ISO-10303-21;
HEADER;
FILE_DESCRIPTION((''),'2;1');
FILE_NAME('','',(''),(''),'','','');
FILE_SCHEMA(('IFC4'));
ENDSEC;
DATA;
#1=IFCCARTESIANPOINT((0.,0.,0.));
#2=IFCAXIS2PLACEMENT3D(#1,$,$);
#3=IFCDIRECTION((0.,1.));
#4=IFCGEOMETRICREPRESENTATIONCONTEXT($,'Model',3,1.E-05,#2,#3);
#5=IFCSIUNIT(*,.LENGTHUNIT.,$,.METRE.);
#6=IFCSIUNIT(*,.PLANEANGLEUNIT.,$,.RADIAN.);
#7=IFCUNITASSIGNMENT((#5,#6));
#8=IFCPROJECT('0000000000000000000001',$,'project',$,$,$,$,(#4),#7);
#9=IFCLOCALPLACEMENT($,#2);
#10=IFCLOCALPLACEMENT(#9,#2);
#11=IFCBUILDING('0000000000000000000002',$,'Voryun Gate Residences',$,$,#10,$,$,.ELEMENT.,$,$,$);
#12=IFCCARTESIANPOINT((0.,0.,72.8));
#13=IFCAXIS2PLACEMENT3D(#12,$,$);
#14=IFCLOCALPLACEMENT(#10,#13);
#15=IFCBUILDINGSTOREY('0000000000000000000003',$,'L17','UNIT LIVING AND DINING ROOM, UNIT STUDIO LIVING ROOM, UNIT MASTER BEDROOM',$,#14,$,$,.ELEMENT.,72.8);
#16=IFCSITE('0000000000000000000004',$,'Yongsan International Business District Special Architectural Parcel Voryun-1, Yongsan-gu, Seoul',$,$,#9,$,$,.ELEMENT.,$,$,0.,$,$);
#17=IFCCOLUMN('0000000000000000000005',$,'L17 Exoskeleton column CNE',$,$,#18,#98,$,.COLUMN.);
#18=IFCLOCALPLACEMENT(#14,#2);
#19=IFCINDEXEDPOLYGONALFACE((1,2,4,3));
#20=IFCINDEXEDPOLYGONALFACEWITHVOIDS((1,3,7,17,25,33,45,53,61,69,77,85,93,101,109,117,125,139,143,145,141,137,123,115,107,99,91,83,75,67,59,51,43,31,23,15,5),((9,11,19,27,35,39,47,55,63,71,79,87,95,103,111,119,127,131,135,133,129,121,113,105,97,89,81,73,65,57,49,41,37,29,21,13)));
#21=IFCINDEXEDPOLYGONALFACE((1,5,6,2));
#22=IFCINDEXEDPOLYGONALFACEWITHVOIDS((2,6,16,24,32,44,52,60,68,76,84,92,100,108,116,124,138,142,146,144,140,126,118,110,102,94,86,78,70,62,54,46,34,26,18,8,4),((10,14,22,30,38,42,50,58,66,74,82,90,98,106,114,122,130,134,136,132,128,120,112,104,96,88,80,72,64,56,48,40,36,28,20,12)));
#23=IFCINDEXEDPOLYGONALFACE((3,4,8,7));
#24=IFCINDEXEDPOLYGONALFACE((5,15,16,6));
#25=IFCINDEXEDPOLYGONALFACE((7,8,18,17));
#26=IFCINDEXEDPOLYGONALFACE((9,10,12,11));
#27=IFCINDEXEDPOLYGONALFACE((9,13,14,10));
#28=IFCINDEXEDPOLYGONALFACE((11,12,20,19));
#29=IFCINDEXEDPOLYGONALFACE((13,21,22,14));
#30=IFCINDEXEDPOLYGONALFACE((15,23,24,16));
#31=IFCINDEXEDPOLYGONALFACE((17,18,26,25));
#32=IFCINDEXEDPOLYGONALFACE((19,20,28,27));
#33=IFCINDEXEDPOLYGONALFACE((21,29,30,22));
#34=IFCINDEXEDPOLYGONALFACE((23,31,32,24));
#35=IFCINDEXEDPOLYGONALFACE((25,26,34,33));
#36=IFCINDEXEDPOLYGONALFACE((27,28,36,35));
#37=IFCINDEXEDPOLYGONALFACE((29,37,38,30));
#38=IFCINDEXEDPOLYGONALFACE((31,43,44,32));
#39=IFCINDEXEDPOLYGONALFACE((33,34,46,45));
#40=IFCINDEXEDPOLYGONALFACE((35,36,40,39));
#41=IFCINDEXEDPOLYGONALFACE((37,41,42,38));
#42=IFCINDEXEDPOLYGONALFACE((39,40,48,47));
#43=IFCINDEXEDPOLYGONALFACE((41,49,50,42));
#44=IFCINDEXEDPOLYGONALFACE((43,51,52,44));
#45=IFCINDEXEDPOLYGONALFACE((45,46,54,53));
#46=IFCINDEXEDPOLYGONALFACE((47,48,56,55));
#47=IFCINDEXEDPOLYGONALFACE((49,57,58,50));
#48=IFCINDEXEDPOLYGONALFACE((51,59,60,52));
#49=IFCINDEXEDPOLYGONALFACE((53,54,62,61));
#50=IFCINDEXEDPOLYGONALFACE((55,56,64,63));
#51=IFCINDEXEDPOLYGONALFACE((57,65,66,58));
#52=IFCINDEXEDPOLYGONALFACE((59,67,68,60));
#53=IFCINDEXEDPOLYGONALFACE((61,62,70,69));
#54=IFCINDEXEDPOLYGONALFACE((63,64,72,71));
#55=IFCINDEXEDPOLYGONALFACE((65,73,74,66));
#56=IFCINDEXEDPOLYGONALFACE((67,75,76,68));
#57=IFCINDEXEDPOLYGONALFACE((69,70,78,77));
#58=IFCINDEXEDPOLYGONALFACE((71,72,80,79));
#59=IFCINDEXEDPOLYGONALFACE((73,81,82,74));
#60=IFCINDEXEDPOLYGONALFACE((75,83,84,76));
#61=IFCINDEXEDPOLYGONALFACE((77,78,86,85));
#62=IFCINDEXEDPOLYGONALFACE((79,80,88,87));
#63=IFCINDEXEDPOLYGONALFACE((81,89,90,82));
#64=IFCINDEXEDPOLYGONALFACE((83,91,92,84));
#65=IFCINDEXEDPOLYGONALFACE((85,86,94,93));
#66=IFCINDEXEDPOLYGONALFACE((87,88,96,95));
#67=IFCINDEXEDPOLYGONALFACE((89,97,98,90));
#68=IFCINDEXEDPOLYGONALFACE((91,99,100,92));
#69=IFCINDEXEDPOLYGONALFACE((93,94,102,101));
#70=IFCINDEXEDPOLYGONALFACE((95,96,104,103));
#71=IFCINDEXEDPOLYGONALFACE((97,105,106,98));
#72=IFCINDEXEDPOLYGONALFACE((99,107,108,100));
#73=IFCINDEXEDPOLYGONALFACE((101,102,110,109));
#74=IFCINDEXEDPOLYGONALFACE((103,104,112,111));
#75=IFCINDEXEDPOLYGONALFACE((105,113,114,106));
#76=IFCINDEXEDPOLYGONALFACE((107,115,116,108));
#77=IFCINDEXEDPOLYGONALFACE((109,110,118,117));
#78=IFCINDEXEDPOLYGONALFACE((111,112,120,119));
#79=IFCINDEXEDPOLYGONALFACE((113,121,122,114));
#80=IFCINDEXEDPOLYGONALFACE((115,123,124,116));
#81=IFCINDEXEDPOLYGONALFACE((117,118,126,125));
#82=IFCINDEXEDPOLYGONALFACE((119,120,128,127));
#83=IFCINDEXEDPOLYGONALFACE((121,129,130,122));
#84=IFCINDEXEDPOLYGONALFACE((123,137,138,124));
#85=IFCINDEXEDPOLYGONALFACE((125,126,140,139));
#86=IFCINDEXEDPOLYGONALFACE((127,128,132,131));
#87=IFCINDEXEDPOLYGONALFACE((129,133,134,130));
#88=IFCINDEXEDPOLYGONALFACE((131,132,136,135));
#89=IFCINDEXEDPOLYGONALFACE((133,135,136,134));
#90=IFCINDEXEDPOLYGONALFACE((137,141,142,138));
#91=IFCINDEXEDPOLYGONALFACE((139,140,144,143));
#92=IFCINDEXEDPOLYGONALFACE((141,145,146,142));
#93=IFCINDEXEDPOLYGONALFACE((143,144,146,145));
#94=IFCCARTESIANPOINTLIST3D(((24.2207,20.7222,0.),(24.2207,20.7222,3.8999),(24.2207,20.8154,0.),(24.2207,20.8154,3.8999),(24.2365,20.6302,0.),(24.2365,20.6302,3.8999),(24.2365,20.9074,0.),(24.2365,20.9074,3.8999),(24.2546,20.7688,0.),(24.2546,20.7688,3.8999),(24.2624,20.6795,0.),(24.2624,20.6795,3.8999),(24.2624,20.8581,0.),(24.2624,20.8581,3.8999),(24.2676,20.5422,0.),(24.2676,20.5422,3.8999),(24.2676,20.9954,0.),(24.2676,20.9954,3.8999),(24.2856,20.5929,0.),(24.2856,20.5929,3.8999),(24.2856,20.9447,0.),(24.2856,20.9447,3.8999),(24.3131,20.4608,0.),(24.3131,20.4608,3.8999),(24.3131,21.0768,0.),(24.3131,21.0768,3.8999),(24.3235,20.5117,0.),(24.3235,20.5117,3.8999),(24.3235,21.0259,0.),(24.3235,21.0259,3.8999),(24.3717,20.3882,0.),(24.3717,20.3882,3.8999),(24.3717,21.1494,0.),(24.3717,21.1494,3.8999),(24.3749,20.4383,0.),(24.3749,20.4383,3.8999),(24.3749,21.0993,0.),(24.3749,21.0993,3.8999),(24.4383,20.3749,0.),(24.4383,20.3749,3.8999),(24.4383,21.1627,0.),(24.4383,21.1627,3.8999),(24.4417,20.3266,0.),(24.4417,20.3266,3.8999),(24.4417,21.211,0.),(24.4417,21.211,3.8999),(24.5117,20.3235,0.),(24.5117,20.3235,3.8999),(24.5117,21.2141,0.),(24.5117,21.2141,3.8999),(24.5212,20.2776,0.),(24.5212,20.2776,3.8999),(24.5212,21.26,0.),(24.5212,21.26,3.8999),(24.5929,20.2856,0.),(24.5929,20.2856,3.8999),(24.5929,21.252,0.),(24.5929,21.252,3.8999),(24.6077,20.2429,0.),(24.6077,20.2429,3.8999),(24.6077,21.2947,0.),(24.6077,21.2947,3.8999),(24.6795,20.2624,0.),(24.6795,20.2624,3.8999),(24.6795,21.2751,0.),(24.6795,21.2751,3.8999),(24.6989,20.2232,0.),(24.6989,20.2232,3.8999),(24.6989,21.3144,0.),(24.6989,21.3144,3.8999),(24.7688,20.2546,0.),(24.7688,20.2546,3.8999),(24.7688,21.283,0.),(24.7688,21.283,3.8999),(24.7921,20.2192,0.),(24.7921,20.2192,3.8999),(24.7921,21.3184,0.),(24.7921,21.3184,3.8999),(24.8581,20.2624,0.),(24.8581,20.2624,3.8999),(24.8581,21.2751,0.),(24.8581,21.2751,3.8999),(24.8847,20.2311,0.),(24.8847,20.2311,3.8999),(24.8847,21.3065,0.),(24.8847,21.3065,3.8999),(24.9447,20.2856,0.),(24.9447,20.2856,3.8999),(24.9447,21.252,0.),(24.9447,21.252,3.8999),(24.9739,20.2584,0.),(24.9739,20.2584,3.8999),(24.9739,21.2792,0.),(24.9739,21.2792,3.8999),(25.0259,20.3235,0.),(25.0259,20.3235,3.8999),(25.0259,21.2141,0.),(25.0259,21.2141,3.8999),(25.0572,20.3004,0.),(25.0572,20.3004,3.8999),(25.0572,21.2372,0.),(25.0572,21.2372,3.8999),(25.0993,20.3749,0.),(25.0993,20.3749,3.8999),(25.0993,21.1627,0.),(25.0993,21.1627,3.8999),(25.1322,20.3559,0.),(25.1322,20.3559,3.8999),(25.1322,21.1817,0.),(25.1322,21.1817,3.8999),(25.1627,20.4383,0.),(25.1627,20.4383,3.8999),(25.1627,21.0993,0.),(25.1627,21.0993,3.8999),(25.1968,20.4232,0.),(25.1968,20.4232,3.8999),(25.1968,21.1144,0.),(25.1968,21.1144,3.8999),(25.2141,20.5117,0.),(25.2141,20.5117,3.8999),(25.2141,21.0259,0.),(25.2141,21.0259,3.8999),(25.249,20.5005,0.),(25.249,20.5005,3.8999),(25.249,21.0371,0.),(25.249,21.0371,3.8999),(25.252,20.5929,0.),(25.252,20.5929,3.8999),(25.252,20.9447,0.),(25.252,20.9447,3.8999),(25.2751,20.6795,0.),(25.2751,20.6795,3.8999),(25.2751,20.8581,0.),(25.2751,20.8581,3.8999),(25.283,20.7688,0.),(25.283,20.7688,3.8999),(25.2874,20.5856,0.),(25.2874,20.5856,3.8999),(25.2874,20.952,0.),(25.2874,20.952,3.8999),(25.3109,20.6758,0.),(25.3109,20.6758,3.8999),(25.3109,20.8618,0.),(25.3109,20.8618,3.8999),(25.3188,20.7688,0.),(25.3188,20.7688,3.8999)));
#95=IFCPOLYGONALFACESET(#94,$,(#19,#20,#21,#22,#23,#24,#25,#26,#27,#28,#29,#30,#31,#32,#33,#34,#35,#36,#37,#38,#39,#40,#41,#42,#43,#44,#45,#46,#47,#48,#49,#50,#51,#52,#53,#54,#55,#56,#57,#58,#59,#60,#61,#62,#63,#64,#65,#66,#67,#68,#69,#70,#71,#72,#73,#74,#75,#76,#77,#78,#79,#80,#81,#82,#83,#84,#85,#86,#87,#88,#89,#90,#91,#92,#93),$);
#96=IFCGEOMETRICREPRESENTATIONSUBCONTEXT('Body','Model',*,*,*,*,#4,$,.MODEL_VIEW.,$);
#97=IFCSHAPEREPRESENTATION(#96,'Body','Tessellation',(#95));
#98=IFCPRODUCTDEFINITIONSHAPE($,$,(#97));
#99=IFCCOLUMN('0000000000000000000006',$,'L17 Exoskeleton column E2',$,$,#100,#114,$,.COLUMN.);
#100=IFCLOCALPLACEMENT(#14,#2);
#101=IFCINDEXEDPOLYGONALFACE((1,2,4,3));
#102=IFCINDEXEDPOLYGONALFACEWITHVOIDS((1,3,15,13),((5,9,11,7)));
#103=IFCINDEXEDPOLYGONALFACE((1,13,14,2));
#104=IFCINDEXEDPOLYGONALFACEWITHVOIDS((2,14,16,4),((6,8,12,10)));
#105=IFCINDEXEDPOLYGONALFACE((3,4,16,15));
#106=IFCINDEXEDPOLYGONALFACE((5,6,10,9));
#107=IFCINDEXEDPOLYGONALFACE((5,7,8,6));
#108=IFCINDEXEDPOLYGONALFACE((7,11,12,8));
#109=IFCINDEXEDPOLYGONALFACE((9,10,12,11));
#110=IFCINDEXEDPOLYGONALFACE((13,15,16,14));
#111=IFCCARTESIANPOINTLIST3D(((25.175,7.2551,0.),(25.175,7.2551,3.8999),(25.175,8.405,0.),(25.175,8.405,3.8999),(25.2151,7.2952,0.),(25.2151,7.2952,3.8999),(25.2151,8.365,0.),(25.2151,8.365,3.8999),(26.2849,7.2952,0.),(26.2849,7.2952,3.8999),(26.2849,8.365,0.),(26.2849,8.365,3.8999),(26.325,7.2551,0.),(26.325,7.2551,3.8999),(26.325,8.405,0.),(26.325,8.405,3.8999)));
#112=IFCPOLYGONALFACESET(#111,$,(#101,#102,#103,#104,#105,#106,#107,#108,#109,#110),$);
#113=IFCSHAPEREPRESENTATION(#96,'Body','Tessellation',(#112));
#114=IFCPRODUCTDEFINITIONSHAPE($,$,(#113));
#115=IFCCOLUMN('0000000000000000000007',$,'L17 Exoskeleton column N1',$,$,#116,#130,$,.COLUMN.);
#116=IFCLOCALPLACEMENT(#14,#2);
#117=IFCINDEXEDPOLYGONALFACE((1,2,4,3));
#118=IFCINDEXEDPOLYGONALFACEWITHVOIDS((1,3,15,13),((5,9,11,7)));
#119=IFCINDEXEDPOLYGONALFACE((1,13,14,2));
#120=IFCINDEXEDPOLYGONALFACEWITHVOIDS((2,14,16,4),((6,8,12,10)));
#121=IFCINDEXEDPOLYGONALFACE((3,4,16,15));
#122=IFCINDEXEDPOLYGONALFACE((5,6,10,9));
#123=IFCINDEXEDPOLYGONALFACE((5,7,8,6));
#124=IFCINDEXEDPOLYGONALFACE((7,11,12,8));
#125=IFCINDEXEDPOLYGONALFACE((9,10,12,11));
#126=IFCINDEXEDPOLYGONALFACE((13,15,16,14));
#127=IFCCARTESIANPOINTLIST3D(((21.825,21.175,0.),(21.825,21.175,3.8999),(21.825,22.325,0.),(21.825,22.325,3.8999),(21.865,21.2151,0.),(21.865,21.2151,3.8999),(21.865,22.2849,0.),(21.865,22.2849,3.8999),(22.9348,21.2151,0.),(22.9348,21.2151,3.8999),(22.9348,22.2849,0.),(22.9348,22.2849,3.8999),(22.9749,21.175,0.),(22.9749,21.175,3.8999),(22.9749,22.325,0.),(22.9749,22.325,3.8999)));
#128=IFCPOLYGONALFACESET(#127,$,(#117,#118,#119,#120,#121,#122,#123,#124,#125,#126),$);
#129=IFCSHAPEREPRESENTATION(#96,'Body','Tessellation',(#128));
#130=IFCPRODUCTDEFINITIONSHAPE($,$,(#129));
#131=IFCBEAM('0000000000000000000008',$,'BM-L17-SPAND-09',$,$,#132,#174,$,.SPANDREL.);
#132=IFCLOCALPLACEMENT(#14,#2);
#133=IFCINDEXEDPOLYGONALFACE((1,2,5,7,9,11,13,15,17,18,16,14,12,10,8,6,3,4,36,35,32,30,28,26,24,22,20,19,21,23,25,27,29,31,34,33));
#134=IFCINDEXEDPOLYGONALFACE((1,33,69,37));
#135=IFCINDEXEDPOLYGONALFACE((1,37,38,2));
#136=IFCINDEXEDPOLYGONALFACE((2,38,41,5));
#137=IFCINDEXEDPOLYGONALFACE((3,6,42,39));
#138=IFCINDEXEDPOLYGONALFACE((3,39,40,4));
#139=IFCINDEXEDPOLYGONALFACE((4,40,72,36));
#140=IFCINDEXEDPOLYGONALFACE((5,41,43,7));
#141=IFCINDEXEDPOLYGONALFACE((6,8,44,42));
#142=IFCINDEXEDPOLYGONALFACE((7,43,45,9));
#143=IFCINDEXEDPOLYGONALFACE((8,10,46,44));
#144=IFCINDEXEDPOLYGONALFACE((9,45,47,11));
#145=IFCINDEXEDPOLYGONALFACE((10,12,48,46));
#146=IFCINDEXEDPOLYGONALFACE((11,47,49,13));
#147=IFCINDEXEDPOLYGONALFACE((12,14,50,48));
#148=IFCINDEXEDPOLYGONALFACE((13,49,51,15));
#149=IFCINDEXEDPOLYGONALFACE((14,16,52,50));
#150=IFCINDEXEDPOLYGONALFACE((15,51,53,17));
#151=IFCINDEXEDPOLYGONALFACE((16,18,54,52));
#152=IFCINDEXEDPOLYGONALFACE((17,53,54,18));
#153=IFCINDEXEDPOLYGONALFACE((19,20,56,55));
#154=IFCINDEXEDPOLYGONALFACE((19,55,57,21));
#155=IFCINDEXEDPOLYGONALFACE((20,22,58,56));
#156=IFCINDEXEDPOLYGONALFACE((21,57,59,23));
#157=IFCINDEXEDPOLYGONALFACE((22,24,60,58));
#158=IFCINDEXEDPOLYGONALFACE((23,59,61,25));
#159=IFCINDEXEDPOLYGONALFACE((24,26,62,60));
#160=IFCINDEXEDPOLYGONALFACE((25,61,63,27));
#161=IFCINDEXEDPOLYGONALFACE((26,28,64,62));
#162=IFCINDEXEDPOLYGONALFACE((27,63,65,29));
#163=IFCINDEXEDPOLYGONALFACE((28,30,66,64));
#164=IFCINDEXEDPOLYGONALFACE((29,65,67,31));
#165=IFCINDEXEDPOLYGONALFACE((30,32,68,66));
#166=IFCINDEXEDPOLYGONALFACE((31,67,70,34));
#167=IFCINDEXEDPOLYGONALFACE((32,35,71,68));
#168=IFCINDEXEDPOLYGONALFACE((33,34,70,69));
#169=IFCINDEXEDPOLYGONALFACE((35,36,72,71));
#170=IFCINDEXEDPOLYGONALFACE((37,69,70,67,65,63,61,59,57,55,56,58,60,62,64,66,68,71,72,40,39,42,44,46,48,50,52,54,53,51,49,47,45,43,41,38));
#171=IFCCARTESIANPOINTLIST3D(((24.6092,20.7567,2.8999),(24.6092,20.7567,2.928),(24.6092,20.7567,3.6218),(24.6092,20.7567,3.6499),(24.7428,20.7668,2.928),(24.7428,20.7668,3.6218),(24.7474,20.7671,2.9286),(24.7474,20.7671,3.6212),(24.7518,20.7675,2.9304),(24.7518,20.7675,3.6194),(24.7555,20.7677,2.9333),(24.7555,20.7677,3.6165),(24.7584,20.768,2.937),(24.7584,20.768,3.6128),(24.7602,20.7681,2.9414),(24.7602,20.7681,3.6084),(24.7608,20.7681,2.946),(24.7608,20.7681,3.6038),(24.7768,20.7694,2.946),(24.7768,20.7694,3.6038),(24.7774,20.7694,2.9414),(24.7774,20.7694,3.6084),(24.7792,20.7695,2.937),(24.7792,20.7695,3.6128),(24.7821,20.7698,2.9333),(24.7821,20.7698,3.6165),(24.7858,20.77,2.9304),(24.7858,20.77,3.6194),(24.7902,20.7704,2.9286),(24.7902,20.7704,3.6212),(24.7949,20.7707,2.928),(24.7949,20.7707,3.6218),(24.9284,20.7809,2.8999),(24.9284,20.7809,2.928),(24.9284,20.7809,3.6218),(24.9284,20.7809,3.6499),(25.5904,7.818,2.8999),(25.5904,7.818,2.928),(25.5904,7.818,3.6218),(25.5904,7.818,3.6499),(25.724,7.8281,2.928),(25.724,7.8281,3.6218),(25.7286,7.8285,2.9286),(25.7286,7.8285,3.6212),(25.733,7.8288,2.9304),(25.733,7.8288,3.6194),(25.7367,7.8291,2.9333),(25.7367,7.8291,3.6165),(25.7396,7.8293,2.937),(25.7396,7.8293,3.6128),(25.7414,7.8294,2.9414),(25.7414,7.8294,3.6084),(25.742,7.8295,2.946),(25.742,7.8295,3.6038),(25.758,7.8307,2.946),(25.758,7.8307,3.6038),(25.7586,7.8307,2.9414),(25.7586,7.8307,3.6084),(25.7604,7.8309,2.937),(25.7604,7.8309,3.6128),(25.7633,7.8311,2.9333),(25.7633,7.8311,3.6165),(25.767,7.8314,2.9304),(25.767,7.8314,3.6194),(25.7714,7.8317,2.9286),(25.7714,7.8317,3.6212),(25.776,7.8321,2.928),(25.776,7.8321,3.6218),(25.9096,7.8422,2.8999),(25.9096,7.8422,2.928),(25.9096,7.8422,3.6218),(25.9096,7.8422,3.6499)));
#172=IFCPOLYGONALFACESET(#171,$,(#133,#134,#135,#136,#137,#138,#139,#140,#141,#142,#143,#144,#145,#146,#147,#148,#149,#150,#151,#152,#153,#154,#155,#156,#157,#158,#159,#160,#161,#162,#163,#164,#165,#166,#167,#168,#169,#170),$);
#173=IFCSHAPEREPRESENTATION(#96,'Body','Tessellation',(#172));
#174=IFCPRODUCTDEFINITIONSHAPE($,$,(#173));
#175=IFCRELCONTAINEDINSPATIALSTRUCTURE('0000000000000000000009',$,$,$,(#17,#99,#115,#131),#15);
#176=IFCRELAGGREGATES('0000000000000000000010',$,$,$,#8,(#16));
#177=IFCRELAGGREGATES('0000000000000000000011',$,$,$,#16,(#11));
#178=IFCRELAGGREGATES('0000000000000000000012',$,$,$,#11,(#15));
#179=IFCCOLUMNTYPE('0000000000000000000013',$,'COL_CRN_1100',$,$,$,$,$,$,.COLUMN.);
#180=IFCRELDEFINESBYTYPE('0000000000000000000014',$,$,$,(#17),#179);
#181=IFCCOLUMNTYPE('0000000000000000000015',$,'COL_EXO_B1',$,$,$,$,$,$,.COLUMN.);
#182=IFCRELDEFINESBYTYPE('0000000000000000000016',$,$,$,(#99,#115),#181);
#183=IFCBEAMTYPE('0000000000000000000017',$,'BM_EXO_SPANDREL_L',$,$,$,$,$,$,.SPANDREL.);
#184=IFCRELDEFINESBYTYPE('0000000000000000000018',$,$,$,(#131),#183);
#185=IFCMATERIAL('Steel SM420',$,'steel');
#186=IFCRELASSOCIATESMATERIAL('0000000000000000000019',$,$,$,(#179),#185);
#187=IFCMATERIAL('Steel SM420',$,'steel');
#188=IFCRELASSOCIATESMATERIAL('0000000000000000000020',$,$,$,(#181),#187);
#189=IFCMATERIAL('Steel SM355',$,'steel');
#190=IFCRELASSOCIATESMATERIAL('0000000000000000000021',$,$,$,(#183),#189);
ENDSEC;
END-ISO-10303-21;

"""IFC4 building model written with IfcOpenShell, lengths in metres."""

from ifc_helpers import new_model, si_unit, direction, frame, origin, origin_2d, place, context, subcontext, project, spatial, hollow_rectangle, hollow_circle, i_section, extrude, material, material_profile, profile_set, type_object, element, save


model = new_model("IFC4")

# Units and contexts
model_context = context("Model", 3, precision=1e-05, world=origin(), true_north=direction((0.0, 1.0)))
body_context = subcontext(model_context, "Body", "Model", "MODEL_VIEW")
ifc_project = project(units=[si_unit("LENGTHUNIT", "METRE"), si_unit("PLANEANGLEUNIT", "RADIAN")], contexts=[model_context])

# Site, building, storey
site_placement = place(None, origin())
site = spatial("IfcSite", under=ifc_project, at=site_placement, Name="Yongsan International Business District Special Architectural Parcel Voryun-1, Yongsan-gu, Seoul", CompositionType="ELEMENT", RefElevation=0.0)
building_placement = place(site_placement, origin())
building = spatial("IfcBuilding", under=site, at=building_placement, Name="Voryun Gate Residences", CompositionType="ELEMENT")
storey_placement = place(building_placement, frame((0.0, 0.0, 72.8)))
storey = spatial("IfcBuildingStorey", under=building, at=storey_placement, Name="L17", Description="UNIT LIVING AND DINING ROOM, UNIT STUDIO LIVING ROOM, UNIT MASTER BEDROOM", CompositionType="ELEMENT", Elevation=72.8)

# Columns
ifc_material_1 = material(Name="Steel SM420", Category="steel")
ifc_material_profile_1 = material_profile(ifc_material_1, hollow_circle(Radius=0.55, WallThickness=0.0359, at=origin_2d()), Name="CHS-1100x36")
ifc_profile_set_1 = profile_set([ifc_material_profile_1], Name="Steel SM420")
column_type_1 = type_object("IfcColumnType", Name="COL_CRN_1100", PredefinedType="COLUMN", material=ifc_profile_set_1)
column_placement = place(storey_placement, frame((24.7688, 20.7688, 0.0), z_axis=(0.0, 0.0, 1.0), x_axis=(1.0, 0.0, 0.0)))
element("IfcColumn", 1, at=column_placement, inside=storey, type_object=column_type_1, Name="L17 Exoskeleton column CNE", PredefinedType="COLUMN", context=body_context, shape_type="SweptSolid", body=[
    extrude(hollow_circle(Radius=0.55, WallThickness=0.0359, at=origin_2d()), origin(), (0.0, 0.0, 1.0), 3.8999),
])
ifc_material_2 = material(Name="Steel SM420", Category="steel")
ifc_material_profile_2 = material_profile(ifc_material_2, hollow_rectangle(XDim=1.1499, YDim=1.1499, WallThickness=0.04, at=origin_2d()), Name="BOX-1150x1150x40")
ifc_profile_set_2 = profile_set([ifc_material_profile_2], Name="Steel SM420")
column_type_2 = type_object("IfcColumnType", Name="COL_EXO_B1", PredefinedType="COLUMN", material=ifc_profile_set_2)
for number, where, z_axis, x_axis, name in (
    (2, (25.75, 7.8301, 0.0), (0.0, 0.0, 1.0), (1.0, 0.0, 0.0), "L17 Exoskeleton column E2"),
    (3, (22.3999, 21.75, 0.0), (0.0, 0.0, 1.0), (1.0, 0.0, 0.0), "L17 Exoskeleton column N1"),
):
    element("IfcColumn", number, at=place(storey_placement, frame(where, z_axis=z_axis, x_axis=x_axis)), inside=storey, type_object=column_type_2, Name=name, PredefinedType="COLUMN", context=body_context, shape_type="SweptSolid", body=[
        extrude(hollow_rectangle(XDim=1.1499, YDim=1.1499, WallThickness=0.04, at=origin_2d()), origin(), (0.0, 0.0, 1.0), 3.8999),
    ])

# Beam
ifc_material_3 = material(Name="Steel SM355", Category="steel")
ifc_material_profile_3 = material_profile(ifc_material_3, i_section(OverallWidth=0.3201, OverallDepth=0.75, WebThickness=0.0161, FlangeThickness=0.0281, FilletRadius=0.0181, at=origin_2d()), Name="H-750x320x16x28")
ifc_profile_set_3 = profile_set([ifc_material_profile_3], Name="Steel SM355")
beam_type_1 = type_object("IfcBeamType", Name="BM_EXO_SPANDREL_L", PredefinedType="SPANDREL", material=ifc_profile_set_3)
beam_1_placement = place(storey_placement, frame((25.75, 7.8301, 3.2749), z_axis=(-0.075617, 0.997137, 0.0), x_axis=(-0.997137, -0.075617, 0.0)))
element("IfcBeam", 4, at=beam_1_placement, inside=storey, type_object=beam_type_1, Name="BM-L17-SPAND-09", PredefinedType="SPANDREL", context=body_context, shape_type="SweptSolid", body=[
    extrude(i_section(OverallWidth=0.3201, OverallDepth=0.75, WebThickness=0.0161, FlangeThickness=0.0281, FilletRadius=0.0181, at=origin_2d()), origin(), (0.0, 0.0, 1.0), 12.9758),
])

save(model, "model.ifc")
